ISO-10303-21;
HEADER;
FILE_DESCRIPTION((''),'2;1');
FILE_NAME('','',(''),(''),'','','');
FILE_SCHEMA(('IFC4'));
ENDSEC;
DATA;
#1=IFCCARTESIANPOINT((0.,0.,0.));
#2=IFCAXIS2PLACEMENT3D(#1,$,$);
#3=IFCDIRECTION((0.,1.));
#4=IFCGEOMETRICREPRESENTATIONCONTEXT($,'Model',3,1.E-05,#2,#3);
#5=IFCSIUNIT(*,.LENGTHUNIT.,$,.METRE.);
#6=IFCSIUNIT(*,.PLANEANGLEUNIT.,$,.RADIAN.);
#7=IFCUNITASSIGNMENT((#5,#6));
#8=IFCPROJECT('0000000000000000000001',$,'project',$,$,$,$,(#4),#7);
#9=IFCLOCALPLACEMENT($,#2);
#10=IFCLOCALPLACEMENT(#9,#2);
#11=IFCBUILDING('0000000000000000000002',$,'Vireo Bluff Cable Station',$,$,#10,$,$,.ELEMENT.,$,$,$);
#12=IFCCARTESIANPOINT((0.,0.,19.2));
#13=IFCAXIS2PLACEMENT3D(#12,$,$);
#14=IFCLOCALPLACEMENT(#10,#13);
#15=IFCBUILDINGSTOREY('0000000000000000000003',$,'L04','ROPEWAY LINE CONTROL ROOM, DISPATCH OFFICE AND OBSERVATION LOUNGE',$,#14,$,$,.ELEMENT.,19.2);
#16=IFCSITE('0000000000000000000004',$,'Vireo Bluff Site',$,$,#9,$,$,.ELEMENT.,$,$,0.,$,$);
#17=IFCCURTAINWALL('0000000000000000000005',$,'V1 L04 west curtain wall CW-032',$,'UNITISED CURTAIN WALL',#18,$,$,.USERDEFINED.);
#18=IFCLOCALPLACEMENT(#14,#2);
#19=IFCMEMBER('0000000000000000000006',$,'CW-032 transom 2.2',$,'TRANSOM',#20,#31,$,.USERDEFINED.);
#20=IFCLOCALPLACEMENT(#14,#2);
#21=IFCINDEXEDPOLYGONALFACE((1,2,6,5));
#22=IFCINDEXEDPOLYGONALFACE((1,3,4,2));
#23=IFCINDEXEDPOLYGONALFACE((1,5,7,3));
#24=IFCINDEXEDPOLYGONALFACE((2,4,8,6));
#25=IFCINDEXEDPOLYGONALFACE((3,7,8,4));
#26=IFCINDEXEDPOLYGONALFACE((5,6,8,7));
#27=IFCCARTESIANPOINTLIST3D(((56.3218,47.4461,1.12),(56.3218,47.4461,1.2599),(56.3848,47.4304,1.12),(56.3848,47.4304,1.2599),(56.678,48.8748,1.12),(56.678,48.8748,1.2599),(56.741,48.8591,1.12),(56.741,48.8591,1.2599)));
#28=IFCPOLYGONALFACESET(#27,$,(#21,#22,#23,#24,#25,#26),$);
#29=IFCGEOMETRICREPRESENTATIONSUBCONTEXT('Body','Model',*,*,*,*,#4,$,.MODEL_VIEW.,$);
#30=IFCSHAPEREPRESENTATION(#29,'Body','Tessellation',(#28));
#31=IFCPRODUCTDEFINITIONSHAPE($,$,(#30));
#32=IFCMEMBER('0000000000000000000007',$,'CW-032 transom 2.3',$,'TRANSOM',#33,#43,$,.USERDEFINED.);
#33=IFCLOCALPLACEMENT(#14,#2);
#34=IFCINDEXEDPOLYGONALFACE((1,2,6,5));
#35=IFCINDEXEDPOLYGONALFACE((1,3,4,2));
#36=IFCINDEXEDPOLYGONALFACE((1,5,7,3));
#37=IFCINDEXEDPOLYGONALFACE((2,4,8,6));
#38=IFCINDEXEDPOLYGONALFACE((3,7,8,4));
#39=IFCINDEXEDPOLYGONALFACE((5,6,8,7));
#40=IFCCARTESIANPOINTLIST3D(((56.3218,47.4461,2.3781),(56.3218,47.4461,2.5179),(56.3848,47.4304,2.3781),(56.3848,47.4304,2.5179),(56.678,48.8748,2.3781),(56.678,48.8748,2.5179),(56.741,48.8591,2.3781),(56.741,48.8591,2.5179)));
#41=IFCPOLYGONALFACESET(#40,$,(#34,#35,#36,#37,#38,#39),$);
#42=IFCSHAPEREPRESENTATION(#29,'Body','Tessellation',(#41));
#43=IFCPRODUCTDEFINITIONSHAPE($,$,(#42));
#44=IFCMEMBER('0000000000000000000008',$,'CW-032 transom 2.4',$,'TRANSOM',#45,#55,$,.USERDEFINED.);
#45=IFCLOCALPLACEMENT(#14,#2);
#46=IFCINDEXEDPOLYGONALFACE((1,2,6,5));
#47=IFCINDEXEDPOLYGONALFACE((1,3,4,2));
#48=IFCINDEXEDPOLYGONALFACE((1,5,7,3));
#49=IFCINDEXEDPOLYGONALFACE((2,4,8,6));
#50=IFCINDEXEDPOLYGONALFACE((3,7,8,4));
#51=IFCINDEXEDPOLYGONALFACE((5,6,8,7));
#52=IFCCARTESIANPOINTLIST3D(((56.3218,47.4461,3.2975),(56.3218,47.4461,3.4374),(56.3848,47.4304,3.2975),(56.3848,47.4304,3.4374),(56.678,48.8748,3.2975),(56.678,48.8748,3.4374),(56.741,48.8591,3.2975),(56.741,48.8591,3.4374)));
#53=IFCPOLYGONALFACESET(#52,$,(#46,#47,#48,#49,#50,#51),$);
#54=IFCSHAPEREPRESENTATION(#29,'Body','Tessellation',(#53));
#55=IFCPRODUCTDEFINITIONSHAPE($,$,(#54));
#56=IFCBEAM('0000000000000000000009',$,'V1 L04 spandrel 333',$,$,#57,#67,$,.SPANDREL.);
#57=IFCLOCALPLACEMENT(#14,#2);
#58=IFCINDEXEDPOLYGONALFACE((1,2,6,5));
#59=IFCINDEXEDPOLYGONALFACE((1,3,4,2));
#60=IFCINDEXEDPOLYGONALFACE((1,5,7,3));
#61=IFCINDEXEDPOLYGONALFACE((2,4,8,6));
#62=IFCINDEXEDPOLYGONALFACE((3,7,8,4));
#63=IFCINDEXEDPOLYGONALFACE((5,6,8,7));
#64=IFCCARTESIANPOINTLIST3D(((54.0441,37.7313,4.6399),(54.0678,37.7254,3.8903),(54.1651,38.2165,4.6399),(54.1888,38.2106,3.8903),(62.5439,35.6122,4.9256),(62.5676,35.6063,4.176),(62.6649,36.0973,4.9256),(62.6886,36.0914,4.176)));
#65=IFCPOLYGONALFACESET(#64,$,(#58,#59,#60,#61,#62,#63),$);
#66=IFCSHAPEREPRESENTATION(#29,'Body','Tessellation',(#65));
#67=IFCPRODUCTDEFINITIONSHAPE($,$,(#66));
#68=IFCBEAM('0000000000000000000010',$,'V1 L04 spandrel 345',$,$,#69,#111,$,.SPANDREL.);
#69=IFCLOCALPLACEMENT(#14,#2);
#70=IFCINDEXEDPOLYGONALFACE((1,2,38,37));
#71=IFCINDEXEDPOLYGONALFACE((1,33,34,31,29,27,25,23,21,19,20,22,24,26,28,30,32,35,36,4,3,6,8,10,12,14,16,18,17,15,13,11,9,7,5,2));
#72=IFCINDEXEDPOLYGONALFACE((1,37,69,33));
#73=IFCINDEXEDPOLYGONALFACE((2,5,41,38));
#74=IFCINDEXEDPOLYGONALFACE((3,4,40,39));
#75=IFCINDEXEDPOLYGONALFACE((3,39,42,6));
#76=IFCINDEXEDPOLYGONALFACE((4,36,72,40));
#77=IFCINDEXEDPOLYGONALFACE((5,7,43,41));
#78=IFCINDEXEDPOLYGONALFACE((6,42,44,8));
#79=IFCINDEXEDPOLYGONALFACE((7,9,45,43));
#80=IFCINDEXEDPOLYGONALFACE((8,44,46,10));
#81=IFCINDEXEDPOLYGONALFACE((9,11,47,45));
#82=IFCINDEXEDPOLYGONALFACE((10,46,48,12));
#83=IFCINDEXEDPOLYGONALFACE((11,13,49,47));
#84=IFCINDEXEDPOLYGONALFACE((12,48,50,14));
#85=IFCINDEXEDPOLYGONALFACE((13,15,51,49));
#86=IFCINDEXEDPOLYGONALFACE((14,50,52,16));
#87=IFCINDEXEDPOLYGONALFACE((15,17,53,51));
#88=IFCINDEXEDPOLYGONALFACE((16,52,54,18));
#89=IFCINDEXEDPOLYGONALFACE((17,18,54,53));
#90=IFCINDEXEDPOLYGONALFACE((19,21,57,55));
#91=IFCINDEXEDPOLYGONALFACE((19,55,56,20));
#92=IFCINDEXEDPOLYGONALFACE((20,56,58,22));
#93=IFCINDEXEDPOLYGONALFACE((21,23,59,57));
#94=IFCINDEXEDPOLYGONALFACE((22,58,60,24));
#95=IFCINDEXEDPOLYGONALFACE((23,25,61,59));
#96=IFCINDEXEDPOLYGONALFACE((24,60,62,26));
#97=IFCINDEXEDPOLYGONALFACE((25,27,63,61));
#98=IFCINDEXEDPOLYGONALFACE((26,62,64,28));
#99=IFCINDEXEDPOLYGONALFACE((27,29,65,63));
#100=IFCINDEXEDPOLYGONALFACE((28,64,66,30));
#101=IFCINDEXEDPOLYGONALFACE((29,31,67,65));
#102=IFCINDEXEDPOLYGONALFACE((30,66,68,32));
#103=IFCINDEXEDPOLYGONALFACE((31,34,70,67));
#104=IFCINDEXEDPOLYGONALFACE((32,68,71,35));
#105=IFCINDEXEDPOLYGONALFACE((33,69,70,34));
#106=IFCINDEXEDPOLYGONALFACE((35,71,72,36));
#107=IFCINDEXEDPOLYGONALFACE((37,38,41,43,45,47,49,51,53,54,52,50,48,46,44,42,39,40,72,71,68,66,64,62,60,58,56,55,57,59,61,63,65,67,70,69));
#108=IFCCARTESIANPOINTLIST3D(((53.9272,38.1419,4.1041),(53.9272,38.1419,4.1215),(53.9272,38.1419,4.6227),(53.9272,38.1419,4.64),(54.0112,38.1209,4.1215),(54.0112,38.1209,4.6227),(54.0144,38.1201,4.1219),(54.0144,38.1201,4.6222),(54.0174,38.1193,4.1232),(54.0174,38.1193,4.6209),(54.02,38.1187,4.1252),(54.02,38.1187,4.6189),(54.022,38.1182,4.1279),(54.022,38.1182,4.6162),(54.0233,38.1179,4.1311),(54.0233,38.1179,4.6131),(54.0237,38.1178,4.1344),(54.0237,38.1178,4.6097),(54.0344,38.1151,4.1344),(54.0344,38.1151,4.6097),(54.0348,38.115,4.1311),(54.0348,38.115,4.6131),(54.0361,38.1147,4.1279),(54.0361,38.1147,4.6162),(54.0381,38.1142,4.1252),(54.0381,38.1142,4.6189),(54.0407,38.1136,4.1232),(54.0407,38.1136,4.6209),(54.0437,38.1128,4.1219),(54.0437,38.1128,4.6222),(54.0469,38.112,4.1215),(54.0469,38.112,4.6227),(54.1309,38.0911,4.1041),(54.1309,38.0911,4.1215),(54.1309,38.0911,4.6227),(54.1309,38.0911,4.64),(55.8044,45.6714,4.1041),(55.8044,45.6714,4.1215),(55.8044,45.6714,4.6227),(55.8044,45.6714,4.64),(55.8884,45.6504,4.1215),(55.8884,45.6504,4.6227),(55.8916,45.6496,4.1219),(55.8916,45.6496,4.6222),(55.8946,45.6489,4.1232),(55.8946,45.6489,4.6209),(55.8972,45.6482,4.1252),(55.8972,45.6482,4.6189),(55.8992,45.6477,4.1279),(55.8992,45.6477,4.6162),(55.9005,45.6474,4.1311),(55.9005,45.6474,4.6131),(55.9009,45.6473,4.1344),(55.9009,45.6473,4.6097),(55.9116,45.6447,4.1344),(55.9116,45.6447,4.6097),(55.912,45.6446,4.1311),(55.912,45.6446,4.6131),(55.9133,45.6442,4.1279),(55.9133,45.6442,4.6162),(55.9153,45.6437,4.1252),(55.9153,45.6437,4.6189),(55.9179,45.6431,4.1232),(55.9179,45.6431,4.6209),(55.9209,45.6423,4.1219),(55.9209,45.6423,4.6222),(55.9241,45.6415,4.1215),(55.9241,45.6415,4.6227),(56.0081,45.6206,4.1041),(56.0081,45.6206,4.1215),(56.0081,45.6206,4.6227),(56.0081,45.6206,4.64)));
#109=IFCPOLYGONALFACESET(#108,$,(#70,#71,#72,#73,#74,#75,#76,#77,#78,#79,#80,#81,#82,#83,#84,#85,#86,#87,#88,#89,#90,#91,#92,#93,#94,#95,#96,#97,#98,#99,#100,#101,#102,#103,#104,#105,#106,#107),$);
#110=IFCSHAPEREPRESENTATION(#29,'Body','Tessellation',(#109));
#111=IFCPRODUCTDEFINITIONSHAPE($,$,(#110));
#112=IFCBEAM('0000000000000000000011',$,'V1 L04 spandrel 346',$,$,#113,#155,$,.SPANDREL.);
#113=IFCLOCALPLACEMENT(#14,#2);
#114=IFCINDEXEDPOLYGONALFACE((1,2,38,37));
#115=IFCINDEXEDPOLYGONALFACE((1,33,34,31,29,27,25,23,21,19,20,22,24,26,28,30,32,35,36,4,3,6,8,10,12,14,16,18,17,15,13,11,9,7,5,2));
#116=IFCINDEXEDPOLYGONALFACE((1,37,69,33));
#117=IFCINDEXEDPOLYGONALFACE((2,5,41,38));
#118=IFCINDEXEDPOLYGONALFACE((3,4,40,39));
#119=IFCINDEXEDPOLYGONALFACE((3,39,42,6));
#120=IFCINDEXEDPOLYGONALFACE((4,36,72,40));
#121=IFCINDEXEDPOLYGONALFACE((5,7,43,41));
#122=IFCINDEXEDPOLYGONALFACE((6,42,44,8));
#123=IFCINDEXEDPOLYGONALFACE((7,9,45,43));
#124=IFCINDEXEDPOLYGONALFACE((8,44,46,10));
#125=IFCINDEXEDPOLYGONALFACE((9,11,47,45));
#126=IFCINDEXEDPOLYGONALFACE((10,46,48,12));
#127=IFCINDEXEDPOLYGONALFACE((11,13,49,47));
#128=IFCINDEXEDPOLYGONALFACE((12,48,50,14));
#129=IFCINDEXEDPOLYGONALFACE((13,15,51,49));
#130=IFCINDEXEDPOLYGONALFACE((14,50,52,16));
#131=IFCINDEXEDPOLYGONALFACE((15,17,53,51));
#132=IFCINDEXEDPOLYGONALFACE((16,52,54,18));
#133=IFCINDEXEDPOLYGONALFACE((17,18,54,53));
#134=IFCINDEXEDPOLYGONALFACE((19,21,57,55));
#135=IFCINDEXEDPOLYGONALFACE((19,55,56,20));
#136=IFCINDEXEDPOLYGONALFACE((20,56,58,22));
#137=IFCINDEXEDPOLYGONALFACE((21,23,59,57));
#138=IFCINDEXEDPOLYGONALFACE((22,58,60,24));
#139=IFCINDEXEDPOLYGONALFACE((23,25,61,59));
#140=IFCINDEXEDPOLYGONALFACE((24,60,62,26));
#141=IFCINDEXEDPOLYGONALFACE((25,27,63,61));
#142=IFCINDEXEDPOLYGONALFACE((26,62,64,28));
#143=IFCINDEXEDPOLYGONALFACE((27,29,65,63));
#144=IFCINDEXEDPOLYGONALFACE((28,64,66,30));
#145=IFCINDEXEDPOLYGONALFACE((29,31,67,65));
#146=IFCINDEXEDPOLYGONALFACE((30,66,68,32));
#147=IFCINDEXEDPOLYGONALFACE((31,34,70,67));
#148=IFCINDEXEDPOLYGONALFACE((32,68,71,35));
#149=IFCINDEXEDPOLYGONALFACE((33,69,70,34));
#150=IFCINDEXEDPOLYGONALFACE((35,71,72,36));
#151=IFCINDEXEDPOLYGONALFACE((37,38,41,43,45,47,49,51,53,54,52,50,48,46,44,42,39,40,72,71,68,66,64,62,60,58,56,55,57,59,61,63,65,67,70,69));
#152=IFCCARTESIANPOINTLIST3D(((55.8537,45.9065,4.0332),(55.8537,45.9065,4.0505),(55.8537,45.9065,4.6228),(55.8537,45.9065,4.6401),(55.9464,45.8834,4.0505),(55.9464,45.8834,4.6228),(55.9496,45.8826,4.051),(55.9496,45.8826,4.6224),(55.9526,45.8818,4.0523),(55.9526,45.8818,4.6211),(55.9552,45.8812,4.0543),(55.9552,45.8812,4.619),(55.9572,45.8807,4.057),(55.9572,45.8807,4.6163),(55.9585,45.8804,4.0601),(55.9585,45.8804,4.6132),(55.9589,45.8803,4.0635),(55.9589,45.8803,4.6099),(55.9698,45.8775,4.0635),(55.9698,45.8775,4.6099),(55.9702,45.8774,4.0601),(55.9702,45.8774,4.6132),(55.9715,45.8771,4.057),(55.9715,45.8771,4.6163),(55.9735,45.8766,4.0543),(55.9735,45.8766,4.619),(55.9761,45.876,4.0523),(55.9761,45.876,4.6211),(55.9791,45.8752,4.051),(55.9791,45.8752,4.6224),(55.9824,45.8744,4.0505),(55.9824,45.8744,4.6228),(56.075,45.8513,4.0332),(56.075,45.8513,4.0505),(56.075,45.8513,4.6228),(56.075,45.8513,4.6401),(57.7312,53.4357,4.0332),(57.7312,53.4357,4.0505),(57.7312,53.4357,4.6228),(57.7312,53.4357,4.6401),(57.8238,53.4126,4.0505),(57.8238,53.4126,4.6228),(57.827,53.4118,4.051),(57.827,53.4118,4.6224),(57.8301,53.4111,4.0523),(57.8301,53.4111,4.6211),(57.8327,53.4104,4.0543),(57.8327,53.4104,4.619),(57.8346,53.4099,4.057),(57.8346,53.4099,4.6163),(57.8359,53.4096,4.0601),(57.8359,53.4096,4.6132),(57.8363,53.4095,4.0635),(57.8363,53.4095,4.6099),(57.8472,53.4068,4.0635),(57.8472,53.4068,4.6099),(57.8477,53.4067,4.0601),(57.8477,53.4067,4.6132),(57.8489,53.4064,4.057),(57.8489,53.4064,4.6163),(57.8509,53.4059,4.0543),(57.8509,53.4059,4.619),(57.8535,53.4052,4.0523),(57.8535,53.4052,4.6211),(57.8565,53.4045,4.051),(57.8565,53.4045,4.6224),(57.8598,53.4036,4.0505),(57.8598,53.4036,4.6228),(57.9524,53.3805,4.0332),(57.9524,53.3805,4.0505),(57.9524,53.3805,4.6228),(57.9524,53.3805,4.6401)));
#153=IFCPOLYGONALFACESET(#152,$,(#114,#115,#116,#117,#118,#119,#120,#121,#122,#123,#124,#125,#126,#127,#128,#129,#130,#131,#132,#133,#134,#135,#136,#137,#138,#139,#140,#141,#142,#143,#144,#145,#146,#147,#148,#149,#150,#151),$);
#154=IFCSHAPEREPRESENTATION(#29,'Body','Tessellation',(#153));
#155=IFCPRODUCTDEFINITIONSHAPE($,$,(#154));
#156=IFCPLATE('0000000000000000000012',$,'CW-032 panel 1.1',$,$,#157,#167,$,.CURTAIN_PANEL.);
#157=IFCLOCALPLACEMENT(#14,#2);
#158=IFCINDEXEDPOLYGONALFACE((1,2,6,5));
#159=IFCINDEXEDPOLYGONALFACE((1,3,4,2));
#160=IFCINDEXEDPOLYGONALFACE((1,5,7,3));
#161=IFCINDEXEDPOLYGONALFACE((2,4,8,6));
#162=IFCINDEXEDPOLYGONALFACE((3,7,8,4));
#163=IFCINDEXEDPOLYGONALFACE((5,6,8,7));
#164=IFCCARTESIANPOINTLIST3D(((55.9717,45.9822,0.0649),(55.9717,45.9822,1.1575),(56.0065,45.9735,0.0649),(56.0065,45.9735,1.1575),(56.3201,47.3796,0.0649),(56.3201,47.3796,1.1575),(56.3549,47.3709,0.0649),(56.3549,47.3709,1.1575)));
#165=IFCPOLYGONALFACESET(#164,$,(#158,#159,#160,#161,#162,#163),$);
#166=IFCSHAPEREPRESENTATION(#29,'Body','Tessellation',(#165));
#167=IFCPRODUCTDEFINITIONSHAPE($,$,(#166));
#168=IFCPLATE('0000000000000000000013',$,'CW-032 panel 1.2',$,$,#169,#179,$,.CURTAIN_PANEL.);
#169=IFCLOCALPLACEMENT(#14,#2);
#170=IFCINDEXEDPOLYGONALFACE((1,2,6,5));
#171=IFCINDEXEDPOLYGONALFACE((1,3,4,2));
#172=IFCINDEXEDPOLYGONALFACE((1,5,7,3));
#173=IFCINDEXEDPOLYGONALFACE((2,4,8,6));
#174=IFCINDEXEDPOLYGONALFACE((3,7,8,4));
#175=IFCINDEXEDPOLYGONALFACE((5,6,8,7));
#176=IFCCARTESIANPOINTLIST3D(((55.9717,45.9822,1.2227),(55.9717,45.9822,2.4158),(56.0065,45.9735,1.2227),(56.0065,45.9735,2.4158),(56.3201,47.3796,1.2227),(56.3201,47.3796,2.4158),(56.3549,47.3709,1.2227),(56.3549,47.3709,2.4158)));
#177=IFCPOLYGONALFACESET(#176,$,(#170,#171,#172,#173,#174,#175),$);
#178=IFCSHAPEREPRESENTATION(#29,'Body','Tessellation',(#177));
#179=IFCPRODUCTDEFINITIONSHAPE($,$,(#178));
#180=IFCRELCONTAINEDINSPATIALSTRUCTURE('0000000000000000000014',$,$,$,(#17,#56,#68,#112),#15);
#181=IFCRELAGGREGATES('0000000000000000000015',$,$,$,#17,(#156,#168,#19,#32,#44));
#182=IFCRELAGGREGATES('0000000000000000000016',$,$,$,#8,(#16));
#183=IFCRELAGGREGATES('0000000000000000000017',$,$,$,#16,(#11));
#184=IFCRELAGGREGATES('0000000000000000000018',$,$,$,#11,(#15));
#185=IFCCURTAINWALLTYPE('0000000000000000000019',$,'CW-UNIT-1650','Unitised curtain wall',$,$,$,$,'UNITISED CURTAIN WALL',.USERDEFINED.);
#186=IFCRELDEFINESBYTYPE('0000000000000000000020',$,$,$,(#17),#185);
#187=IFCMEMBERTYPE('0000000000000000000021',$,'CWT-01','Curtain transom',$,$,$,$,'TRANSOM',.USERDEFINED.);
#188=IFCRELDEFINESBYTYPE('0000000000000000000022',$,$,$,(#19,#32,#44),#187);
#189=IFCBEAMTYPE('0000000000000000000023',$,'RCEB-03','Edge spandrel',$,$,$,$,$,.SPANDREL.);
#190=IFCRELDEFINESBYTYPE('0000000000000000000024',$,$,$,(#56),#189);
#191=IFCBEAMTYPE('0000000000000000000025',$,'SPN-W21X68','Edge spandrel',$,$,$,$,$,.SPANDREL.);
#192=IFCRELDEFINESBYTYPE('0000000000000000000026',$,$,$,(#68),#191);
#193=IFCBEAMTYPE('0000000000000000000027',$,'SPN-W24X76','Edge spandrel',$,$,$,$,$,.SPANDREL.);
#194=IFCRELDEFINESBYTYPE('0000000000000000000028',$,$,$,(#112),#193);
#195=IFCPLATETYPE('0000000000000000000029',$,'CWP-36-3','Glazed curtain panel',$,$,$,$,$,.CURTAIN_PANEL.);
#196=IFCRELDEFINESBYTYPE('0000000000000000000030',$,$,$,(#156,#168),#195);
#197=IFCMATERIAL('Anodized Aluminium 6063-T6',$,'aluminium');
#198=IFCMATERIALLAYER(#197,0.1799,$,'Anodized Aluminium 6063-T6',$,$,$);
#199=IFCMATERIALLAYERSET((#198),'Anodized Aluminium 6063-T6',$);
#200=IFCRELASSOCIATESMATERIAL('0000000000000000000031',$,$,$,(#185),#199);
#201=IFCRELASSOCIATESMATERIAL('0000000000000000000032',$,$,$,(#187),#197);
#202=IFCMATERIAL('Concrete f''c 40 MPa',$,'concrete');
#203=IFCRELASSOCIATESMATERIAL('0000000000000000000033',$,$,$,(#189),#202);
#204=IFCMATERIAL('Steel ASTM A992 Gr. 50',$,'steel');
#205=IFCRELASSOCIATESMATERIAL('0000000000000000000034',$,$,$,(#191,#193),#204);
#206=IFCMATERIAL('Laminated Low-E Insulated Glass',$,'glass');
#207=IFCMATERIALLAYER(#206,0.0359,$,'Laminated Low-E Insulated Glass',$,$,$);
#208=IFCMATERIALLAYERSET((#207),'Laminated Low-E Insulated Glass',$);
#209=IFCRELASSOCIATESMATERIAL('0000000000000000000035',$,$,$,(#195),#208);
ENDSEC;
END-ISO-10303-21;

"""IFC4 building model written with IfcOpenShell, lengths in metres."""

from ifc_helpers import new_model, si_unit, direction, frame, origin, origin_2d, place, context, subcontext, project, spatial, rectangle, i_section, extrude, material, layer, layer_set, material_profile, profile_set, type_object, element, aggregate, save


model = new_model("IFC4")

# Units and contexts
model_context = context("Model", 3, precision=1e-05, world=origin(), true_north=direction((0.0, 1.0)))
body_context = subcontext(model_context, "Body", "Model", "MODEL_VIEW")
ifc_project = project(units=[si_unit("LENGTHUNIT", "METRE"), si_unit("PLANEANGLEUNIT", "RADIAN")], contexts=[model_context])

# Site, building, storey
site_placement = place(None, origin())
site = spatial("IfcSite", under=ifc_project, at=site_placement, Name="Vireo Bluff Site", CompositionType="ELEMENT", RefElevation=0.0)
building_placement = place(site_placement, origin())
building = spatial("IfcBuilding", under=site, at=building_placement, Name="Vireo Bluff Cable Station", CompositionType="ELEMENT")
storey_placement = place(building_placement, frame((0.0, 0.0, 19.2)))
storey = spatial("IfcBuildingStorey", under=building, at=storey_placement, Name="L04", Description="ROPEWAY LINE CONTROL ROOM, DISPATCH OFFICE AND OBSERVATION LOUNGE", CompositionType="ELEMENT", Elevation=19.2)

# Shared definitions
ifc_material_1 = material(Name="Steel ASTM A992 Gr. 50", Category="steel")

# Curtain wall, members
ifc_material_2 = material(Name="Anodized Aluminium 6063-T6", Category="aluminium")
ifc_layer_1 = layer(ifc_material_2, 0.1799, Name="Anodized Aluminium 6063-T6")
ifc_layer_set_1 = layer_set([ifc_layer_1], Name="Anodized Aluminium 6063-T6")
curtain_wall_type = type_object("IfcCurtainWallType", Name="CW-UNIT-1650", Description="Unitised curtain wall", ElementType="UNITISED CURTAIN WALL", PredefinedType="USERDEFINED", material=ifc_layer_set_1)
curtain_wall_placement = place(storey_placement, origin())
curtain_wall = element("IfcCurtainWall", 1, at=curtain_wall_placement, inside=storey, type_object=curtain_wall_type, Name="V1 L04 west curtain wall CW-032", ObjectType="UNITISED CURTAIN WALL", PredefinedType="USERDEFINED")
ifc_material_profile_1 = material_profile(ifc_material_2, rectangle(XDim=0.0649, YDim=0.1399, at=origin_2d()), Name="ALU-T-65X140")
ifc_profile_set_1 = profile_set([ifc_material_profile_1], Name="Anodized Aluminium 6063-T6")
member_type_1 = type_object("IfcMemberType", Name="CWT-01", Description="Curtain transom", ElementType="TRANSOM", PredefinedType="USERDEFINED", material=ifc_profile_set_1)
member_1_placement = place(storey_placement, frame((56.3533, 47.4382, 1.1899), z_axis=(0.241911, 0.970298, 0.0), x_axis=(-0.970298, 0.241911, 0.0)))
member_1 = element("IfcMember", 2, at=member_1_placement, type_object=member_type_1, Name="CW-032 transom 2.2", ObjectType="TRANSOM", PredefinedType="USERDEFINED", context=body_context, shape_type="SweptSolid", body=[
    extrude(rectangle(XDim=0.0649, YDim=0.1399, at=origin_2d()), origin(), (0.0, 0.0, 1.0), 1.4724),
])
member_2_placement = place(storey_placement, frame((56.3533, 47.4382, 2.448), z_axis=(0.241911, 0.970298, 0.0), x_axis=(-0.970298, 0.241911, 0.0)))
member_2 = element("IfcMember", 3, at=member_2_placement, type_object=member_type_1, Name="CW-032 transom 2.3", ObjectType="TRANSOM", PredefinedType="USERDEFINED", context=body_context, shape_type="SweptSolid", body=[
    extrude(rectangle(XDim=0.0649, YDim=0.1399, at=origin_2d()), origin(), (0.0, 0.0, 1.0), 1.4724),
])
member_3_placement = place(storey_placement, frame((56.3533, 47.4382, 3.3674), z_axis=(0.241911, 0.970298, 0.0), x_axis=(-0.970298, 0.241911, 0.0)))
member_3 = element("IfcMember", 4, at=member_3_placement, type_object=member_type_1, Name="CW-032 transom 2.4", ObjectType="TRANSOM", PredefinedType="USERDEFINED", context=body_context, shape_type="SweptSolid", body=[
    extrude(rectangle(XDim=0.0649, YDim=0.1399, at=origin_2d()), origin(), (0.0, 0.0, 1.0), 1.4724),
])

# Beams
ifc_material_3 = material(Name="Concrete f'c 40 MPa", Category="concrete")
ifc_material_profile_2 = material_profile(ifc_material_3, rectangle(XDim=0.5, YDim=0.75, at=origin_2d()), Name="RC-EB-500X750")
ifc_profile_set_2 = profile_set([ifc_material_profile_2], Name="Concrete f'c 40 MPa")
beam_type_1 = type_object("IfcBeamType", Name="RCEB-03", Description="Edge spandrel", PredefinedType="SPANDREL", material=ifc_profile_set_2)
beam_1_placement = place(storey_placement, frame((54.1165, 37.9709, 4.2651), z_axis=(0.969783, -0.241784, 0.032591), x_axis=(0.241913, 0.970298, 0.0)))
element("IfcBeam", 5, at=beam_1_placement, inside=storey, type_object=beam_type_1, Name="V1 L04 spandrel 333", PredefinedType="SPANDREL", context=body_context, shape_type="SweptSolid", body=[
    extrude(rectangle(XDim=0.5, YDim=0.75, at=origin_2d()), origin(), (0.0, 0.0, 1.0), 8.7646),
])
ifc_material_profile_3 = material_profile(ifc_material_1, i_section(OverallWidth=0.21, OverallDepth=0.5359, WebThickness=0.011, FlangeThickness=0.0173, FilletRadius=0.0129, at=origin_2d()), Name="W21X68")
ifc_profile_set_3 = profile_set([ifc_material_profile_3], Name="Steel ASTM A992 Gr. 50")
beam_type_2 = type_object("IfcBeamType", Name="SPN-W21X68", Description="Edge spandrel", PredefinedType="SPANDREL", material=ifc_profile_set_3)
beam_2_placement = place(storey_placement, frame((54.0291, 38.1165, 4.3721), z_axis=(0.241906, 0.9703, 0.0), x_axis=(-0.9703, 0.241906, 0.0)))
element("IfcBeam", 6, at=beam_2_placement, inside=storey, type_object=beam_type_2, Name="V1 L04 spandrel 345", PredefinedType="SPANDREL", context=body_context, shape_type="SweptSolid", body=[
    extrude(i_section(OverallWidth=0.21, OverallDepth=0.5359, WebThickness=0.011, FlangeThickness=0.0173, FilletRadius=0.0129, at=origin_2d()), origin(), (0.0, 0.0, 1.0), 7.76),
])
ifc_material_profile_4 = material_profile(ifc_material_1, i_section(OverallWidth=0.228, OverallDepth=0.6069, WebThickness=0.0112, FlangeThickness=0.0173, FilletRadius=0.0129, at=origin_2d()), Name="W24X76")
ifc_profile_set_4 = profile_set([ifc_material_profile_4], Name="Steel ASTM A992 Gr. 50")
beam_type_3 = type_object("IfcBeamType", Name="SPN-W24X76", Description="Edge spandrel", PredefinedType="SPANDREL", material=ifc_profile_set_4)
beam_3_placement = place(storey_placement, frame((55.9644, 45.8789, 4.3367), z_axis=(0.241943, 0.97029, 0.0), x_axis=(-0.97029, 0.241943, 0.0)))
element("IfcBeam", 7, at=beam_3_placement, inside=storey, type_object=beam_type_3, Name="V1 L04 spandrel 346", PredefinedType="SPANDREL", context=body_context, shape_type="SweptSolid", body=[
    extrude(i_section(OverallWidth=0.228, OverallDepth=0.6069, WebThickness=0.0112, FlangeThickness=0.0173, FilletRadius=0.0129, at=origin_2d()), origin(), (0.0, 0.0, 1.0), 7.7598),
])

# Plates
ifc_material_4 = material(Name="Laminated Low-E Insulated Glass", Category="glass")
ifc_layer_2 = layer(ifc_material_4, 0.0359, Name="Laminated Low-E Insulated Glass")
ifc_layer_set_2 = layer_set([ifc_layer_2], Name="Laminated Low-E Insulated Glass")
plate_type = type_object("IfcPlateType", Name="CWP-36-3", Description="Glazed curtain panel", PredefinedType="CURTAIN_PANEL", material=ifc_layer_set_2)
plate_1_placement = place(storey_placement, frame((56.1633, 46.6765, 0.0649), z_axis=(0.0, 0.0, 1.0), x_axis=(0.241922, 0.970296, 0.0)))
plate_1 = element("IfcPlate", 8, at=plate_1_placement, type_object=plate_type, Name="CW-032 panel 1.1", PredefinedType="CURTAIN_PANEL", context=body_context, shape_type="SweptSolid", body=[
    extrude(rectangle(XDim=1.4402, YDim=0.0359, at=origin_2d()), origin(), (0.0, 0.0, 1.0), 1.0925),
])
plate_2_placement = place(storey_placement, frame((56.1633, 46.6765, 1.2227), z_axis=(0.0, 0.0, 1.0), x_axis=(0.241922, 0.970296, 0.0)))
plate_2 = element("IfcPlate", 9, at=plate_2_placement, type_object=plate_type, Name="CW-032 panel 1.2", PredefinedType="CURTAIN_PANEL", context=body_context, shape_type="SweptSolid", body=[
    extrude(rectangle(XDim=1.4402, YDim=0.0359, at=origin_2d()), origin(), (0.0, 0.0, 1.0), 1.1931),
])
aggregate(curtain_wall, [plate_1, plate_2, member_1, member_2, member_3])

save(model, "model.ifc")
